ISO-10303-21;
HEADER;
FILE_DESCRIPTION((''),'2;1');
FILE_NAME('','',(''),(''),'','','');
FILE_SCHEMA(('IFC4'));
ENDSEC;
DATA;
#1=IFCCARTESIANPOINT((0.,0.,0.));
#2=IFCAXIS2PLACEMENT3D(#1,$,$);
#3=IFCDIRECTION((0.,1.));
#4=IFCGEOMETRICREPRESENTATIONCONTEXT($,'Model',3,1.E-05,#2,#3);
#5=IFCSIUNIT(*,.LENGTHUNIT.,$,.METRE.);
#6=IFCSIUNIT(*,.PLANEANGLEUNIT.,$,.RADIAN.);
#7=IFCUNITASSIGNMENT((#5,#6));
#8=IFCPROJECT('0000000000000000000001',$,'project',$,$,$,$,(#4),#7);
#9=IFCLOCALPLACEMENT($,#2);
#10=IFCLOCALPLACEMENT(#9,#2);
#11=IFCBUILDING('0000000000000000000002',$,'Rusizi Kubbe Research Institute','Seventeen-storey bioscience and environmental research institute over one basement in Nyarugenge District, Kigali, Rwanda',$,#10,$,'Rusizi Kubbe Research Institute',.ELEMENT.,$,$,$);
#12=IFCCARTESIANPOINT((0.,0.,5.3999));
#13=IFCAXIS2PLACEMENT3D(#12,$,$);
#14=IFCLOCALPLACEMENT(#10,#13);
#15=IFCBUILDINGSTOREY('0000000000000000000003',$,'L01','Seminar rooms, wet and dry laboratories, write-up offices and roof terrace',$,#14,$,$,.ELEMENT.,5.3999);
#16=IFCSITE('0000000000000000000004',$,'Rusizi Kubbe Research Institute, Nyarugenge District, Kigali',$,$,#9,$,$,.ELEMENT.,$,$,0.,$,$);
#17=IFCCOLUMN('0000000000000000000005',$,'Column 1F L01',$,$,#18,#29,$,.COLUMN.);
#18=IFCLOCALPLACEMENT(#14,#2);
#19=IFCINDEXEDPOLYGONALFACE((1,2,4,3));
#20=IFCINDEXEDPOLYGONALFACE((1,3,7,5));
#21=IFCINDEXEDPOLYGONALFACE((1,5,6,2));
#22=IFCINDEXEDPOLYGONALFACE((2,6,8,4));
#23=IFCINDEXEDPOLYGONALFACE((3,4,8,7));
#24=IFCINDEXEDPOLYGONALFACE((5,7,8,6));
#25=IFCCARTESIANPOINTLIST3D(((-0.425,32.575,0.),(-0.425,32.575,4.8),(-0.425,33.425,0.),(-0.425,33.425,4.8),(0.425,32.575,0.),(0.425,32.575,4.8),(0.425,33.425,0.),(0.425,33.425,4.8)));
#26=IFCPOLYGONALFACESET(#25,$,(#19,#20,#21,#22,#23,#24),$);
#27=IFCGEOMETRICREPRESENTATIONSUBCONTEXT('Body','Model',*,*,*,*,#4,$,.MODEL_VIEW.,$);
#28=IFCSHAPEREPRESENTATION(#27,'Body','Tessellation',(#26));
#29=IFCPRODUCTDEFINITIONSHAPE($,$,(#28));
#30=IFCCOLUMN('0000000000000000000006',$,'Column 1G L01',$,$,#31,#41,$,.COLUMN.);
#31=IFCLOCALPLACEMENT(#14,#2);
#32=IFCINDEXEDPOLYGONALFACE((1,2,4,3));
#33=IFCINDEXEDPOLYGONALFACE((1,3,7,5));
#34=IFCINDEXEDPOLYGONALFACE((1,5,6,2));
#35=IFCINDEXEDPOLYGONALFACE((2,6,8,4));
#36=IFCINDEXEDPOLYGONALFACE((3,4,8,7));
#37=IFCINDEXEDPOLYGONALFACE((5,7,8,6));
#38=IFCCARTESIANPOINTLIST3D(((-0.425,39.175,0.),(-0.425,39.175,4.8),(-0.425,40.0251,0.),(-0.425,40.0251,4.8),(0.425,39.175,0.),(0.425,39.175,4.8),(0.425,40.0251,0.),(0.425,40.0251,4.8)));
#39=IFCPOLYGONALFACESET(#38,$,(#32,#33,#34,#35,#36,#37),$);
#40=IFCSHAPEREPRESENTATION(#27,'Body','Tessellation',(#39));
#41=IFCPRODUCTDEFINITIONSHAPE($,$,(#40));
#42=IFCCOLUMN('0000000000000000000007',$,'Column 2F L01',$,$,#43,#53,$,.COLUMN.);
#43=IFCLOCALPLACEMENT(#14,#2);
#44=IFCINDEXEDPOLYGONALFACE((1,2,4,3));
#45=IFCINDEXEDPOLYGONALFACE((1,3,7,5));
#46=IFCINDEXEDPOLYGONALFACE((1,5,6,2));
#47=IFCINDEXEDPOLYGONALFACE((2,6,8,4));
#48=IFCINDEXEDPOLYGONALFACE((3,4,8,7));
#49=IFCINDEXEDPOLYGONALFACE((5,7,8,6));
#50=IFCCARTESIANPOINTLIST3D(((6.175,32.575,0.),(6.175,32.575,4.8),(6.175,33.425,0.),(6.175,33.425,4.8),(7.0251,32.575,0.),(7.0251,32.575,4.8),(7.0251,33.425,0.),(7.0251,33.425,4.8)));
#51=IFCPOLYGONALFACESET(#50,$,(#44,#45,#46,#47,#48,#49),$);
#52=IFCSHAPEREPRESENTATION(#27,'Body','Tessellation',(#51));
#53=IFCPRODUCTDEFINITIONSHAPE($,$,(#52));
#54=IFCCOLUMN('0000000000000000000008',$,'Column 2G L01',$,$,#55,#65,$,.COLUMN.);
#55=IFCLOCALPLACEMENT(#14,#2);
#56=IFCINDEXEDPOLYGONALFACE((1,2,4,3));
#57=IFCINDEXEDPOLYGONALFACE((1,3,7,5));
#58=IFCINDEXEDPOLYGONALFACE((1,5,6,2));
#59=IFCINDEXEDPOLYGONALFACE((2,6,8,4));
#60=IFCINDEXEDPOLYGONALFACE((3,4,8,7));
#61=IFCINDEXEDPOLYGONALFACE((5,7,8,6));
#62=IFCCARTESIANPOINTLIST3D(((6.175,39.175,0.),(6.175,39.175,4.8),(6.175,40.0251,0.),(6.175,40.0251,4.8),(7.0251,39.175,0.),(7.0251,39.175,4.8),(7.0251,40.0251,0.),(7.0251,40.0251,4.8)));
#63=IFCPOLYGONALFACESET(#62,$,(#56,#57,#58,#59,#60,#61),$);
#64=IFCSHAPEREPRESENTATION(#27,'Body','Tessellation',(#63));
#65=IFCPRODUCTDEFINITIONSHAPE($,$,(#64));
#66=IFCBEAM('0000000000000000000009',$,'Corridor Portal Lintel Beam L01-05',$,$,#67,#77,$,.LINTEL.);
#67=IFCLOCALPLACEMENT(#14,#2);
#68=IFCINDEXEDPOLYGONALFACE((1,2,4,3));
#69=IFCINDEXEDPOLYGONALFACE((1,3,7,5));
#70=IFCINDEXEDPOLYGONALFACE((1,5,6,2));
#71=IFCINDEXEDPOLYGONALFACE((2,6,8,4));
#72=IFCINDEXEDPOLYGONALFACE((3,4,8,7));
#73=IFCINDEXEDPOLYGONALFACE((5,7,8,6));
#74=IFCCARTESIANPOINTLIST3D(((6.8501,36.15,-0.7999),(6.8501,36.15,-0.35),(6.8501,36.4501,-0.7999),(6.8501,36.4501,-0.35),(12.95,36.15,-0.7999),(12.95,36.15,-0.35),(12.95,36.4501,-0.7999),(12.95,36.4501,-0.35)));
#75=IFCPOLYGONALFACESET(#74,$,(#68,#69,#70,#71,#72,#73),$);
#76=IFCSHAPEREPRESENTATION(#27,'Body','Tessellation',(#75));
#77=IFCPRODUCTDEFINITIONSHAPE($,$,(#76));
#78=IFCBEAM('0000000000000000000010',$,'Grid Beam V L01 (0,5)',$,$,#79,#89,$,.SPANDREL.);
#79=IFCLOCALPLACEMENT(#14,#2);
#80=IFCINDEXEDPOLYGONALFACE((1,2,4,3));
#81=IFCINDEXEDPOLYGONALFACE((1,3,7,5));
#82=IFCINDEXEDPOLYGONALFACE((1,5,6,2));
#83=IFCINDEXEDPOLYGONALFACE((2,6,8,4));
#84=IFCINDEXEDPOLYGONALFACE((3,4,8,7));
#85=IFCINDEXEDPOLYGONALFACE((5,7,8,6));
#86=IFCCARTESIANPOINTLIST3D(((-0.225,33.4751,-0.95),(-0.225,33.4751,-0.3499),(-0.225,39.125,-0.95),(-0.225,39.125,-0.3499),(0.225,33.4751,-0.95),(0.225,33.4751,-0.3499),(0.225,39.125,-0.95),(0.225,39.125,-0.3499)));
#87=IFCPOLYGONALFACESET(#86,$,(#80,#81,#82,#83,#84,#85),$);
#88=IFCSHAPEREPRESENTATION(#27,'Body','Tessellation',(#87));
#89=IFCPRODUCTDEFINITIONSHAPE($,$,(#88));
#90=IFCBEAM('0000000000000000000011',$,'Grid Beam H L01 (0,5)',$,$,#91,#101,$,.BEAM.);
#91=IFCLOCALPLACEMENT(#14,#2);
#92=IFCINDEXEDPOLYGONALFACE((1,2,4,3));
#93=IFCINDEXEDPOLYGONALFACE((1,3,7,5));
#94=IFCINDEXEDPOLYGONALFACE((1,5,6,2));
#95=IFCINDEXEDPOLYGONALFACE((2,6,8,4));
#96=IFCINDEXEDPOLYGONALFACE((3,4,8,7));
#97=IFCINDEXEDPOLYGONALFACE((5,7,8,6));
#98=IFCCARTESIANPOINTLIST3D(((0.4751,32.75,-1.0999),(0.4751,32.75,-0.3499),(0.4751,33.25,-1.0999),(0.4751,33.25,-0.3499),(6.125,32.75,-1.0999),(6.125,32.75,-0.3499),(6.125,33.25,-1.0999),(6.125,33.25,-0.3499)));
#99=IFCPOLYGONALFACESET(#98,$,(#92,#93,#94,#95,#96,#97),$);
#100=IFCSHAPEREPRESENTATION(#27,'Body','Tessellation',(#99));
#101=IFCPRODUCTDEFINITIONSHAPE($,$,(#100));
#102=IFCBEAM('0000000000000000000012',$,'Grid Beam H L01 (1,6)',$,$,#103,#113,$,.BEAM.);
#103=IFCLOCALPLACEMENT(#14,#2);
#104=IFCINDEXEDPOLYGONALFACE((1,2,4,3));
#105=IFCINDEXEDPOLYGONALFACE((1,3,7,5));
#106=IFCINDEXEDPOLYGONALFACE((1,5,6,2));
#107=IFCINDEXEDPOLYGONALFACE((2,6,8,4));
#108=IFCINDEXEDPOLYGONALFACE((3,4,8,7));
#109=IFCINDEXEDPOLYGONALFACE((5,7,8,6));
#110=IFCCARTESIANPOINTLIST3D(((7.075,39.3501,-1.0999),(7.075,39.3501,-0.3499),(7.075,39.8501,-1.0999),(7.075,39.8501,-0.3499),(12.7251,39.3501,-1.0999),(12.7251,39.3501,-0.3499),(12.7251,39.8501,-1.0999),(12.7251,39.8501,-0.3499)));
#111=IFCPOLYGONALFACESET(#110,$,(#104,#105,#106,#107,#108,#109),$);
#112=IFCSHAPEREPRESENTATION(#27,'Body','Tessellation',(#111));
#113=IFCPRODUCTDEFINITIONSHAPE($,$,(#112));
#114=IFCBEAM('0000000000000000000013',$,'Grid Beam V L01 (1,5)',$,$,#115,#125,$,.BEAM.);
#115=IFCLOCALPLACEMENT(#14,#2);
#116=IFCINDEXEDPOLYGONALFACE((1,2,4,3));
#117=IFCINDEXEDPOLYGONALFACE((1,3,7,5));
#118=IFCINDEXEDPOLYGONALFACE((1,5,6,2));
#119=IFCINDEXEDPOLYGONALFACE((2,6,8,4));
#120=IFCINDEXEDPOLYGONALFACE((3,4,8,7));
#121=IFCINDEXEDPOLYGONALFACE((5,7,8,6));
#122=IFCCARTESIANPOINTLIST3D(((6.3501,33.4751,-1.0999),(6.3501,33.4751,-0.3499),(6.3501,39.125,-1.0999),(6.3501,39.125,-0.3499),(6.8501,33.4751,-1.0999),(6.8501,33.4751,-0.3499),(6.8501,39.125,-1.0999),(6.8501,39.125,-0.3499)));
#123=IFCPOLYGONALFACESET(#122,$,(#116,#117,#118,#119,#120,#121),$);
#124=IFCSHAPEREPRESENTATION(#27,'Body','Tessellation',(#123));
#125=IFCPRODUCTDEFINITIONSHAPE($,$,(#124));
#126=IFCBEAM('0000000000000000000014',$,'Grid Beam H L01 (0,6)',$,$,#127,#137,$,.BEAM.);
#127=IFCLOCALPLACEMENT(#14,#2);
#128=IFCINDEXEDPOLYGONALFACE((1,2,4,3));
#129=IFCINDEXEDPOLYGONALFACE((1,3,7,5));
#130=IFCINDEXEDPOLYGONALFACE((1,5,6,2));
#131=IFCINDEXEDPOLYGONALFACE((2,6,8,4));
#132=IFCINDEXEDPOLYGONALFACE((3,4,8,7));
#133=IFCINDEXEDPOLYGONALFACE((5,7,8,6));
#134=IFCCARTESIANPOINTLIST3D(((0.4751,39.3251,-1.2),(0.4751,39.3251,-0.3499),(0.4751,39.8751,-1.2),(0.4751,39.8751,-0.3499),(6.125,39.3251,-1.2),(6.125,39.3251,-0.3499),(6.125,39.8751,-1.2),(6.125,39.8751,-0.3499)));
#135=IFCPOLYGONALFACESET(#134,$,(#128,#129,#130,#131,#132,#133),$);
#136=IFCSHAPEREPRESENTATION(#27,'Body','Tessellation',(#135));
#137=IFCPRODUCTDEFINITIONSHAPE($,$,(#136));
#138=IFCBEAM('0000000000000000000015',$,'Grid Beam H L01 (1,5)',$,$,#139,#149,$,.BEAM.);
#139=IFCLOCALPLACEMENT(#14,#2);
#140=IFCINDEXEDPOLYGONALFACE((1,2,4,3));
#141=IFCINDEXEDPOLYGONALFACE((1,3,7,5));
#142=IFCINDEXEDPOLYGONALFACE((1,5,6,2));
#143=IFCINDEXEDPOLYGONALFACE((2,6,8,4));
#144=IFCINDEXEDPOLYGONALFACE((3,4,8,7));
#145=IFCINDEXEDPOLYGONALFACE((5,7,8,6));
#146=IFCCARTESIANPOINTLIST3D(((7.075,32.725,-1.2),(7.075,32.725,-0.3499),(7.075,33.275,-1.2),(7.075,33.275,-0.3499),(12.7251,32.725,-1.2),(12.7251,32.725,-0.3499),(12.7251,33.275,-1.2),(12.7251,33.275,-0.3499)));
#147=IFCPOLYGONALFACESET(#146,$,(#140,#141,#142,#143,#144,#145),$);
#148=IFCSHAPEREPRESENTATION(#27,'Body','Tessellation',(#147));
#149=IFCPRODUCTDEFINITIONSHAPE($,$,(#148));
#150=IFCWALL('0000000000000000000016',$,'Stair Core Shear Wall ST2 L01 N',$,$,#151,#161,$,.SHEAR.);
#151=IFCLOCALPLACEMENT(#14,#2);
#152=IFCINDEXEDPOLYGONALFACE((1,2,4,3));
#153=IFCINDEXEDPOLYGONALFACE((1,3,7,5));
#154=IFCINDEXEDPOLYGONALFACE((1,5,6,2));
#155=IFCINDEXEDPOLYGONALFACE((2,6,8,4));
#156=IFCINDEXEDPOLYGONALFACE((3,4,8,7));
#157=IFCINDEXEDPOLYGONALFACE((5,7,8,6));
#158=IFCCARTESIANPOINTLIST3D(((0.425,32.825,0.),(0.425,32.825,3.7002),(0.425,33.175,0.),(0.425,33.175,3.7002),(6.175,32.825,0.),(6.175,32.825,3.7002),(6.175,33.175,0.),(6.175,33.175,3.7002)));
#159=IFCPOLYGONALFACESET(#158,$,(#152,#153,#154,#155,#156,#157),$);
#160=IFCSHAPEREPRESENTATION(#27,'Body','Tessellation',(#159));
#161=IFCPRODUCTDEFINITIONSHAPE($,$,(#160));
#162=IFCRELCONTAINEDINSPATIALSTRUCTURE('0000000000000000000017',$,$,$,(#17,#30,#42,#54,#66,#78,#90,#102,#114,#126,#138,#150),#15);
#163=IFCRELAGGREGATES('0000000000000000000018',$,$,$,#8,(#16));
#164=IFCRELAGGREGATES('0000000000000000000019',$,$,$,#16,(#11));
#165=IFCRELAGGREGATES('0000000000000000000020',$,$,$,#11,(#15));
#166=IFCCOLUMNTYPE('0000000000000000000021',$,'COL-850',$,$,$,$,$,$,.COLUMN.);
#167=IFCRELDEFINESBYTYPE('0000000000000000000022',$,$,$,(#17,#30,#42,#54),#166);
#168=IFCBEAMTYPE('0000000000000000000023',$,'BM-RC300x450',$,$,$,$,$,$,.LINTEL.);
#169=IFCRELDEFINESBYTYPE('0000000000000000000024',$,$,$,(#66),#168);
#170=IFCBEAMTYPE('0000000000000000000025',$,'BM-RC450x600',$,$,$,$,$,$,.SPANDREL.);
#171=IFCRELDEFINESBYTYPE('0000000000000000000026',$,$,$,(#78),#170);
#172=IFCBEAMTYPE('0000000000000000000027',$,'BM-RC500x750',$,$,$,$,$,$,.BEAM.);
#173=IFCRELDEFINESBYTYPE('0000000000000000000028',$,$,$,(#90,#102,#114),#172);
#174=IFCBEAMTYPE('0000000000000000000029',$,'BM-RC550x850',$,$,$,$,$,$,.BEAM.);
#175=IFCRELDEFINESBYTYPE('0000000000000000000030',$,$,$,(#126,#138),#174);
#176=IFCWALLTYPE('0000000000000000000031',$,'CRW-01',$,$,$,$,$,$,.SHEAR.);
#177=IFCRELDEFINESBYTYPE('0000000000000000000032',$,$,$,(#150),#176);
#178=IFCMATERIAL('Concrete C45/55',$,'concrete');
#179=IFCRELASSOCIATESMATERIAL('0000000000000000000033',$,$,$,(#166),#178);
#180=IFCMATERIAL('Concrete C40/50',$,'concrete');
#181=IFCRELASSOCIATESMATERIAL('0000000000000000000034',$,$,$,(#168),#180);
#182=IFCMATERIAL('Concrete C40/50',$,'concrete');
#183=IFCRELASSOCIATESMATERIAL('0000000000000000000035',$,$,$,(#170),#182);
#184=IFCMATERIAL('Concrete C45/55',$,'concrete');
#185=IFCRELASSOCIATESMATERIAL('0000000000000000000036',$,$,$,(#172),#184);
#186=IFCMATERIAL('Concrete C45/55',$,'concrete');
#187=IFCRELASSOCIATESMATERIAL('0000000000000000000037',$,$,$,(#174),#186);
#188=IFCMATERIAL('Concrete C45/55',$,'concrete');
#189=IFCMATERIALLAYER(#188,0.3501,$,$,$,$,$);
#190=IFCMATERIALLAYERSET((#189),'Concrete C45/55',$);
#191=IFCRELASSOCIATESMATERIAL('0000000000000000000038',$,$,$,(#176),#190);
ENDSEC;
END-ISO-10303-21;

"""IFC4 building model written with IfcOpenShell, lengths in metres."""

from ifc_helpers import new_model, si_unit, direction, frame, frame_2d, origin, origin_2d, place, context, subcontext, project, spatial, rectangle, extrude, material, layer, layer_set, material_profile, profile_set, type_object, element, save


model = new_model("IFC4")

# Units and contexts
model_context = context("Model", 3, precision=1e-05, world=origin(), true_north=direction((0.0, 1.0)))
body_context = subcontext(model_context, "Body", "Model", "MODEL_VIEW")
ifc_project = project(units=[si_unit("LENGTHUNIT", "METRE"), si_unit("PLANEANGLEUNIT", "RADIAN")], contexts=[model_context])

# Site, building, storey
site_placement = place(None, origin())
site = spatial("IfcSite", under=ifc_project, at=site_placement, Name="Rusizi Kubbe Research Institute, Nyarugenge District, Kigali", CompositionType="ELEMENT", RefElevation=0.0)
building_placement = place(site_placement, origin())
building = spatial("IfcBuilding", under=site, at=building_placement, Name="Rusizi Kubbe Research Institute", Description="Seventeen-storey bioscience and environmental research institute over one basement in Nyarugenge District, Kigali, Rwanda", LongName="Rusizi Kubbe Research Institute", CompositionType="ELEMENT")
storey_placement = place(building_placement, frame((0.0, 0.0, 5.3999)))
storey = spatial("IfcBuildingStorey", under=building, at=storey_placement, Name="L01", Description="Seminar rooms, wet and dry laboratories, write-up offices and roof terrace", CompositionType="ELEMENT", Elevation=5.3999)

# Columns
ifc_material_1 = material(Name="Concrete C45/55", Category="concrete")
ifc_material_profile_1 = material_profile(ifc_material_1, rectangle(XDim=0.8501, YDim=0.8501, at=origin_2d()), Name="RC850x850")
ifc_profile_set_1 = profile_set([ifc_material_profile_1], Name="Concrete C45/55")
column_type = type_object("IfcColumnType", Name="COL-850", PredefinedType="COLUMN", material=ifc_profile_set_1)
for number, where, z_axis, x_axis, name in (
    (1, (0.0, 33.0, 0.0), (0.0, 0.0, 1.0), (1.0, 0.0, 0.0), "Column 1F L01"),
    (2, (0.0, 39.6001, 0.0), (0.0, 0.0, 1.0), (1.0, 0.0, 0.0), "Column 1G L01"),
    (3, (6.6001, 33.0, 0.0), (0.0, 0.0, 1.0), (1.0, 0.0, 0.0), "Column 2F L01"),
    (4, (6.6001, 39.6001, 0.0), (0.0, 0.0, 1.0), (1.0, 0.0, 0.0), "Column 2G L01"),
):
    element("IfcColumn", number, at=place(storey_placement, frame(where, z_axis=z_axis, x_axis=x_axis)), inside=storey, type_object=column_type, Name=name, PredefinedType="COLUMN", context=body_context, shape_type="SweptSolid", body=[
        extrude(rectangle(XDim=0.8501, YDim=0.8501, at=origin_2d()), origin(), (0.0, 0.0, 1.0), 4.8),
    ])

# Beams
ifc_material_2 = material(Name="Concrete C40/50", Category="concrete")
ifc_material_profile_2 = material_profile(ifc_material_2, rectangle(XDim=0.3, YDim=0.45, at=origin_2d()), Name="RC300x450")
ifc_profile_set_2 = profile_set([ifc_material_profile_2], Name="Concrete C40/50")
beam_type_1 = type_object("IfcBeamType", Name="BM-RC300x450", PredefinedType="LINTEL", material=ifc_profile_set_2)
beam_1_placement = place(storey_placement, frame((6.8501, 36.3, -0.575), z_axis=(1.0, 0.0, 0.0), x_axis=(0.0, 1.0, 0.0)))
element("IfcBeam", 5, at=beam_1_placement, inside=storey, type_object=beam_type_1, Name="Corridor Portal Lintel Beam L01-05", PredefinedType="LINTEL", context=body_context, shape_type="SweptSolid", body=[
    extrude(rectangle(XDim=0.3, YDim=0.45, at=origin_2d()), origin(), (0.0, 0.0, 1.0), 6.0999),
])
ifc_material_3 = material(Name="Concrete C40/50", Category="concrete")
ifc_material_profile_3 = material_profile(ifc_material_3, rectangle(XDim=0.45, YDim=0.6001, at=origin_2d()), Name="RC450x600")
ifc_profile_set_3 = profile_set([ifc_material_profile_3], Name="Concrete C40/50")
beam_type_2 = type_object("IfcBeamType", Name="BM-RC450x600", PredefinedType="SPANDREL", material=ifc_profile_set_3)
beam_2_placement = place(storey_placement, frame((0.0, 33.4751, -0.6499), z_axis=(0.0, 1.0, 0.0), x_axis=(-1.0, 0.0, 0.0)))
element("IfcBeam", 6, at=beam_2_placement, inside=storey, type_object=beam_type_2, Name="Grid Beam V L01 (0,5)", PredefinedType="SPANDREL", context=body_context, shape_type="SweptSolid", body=[
    extrude(rectangle(XDim=0.45, YDim=0.6001, at=origin_2d()), origin(), (0.0, 0.0, 1.0), 5.6499),
])
ifc_material_4 = material(Name="Concrete C45/55", Category="concrete")
ifc_material_profile_4 = material_profile(ifc_material_4, rectangle(XDim=0.5, YDim=0.75, at=origin_2d()), Name="RC500x750B")
ifc_profile_set_4 = profile_set([ifc_material_profile_4], Name="Concrete C45/55")
beam_type_3 = type_object("IfcBeamType", Name="BM-RC500x750", PredefinedType="BEAM", material=ifc_profile_set_4)
beam_3_placement = place(storey_placement, frame((0.4751, 33.0, -0.7249), z_axis=(1.0, 0.0, 0.0), x_axis=(0.0, 1.0, 0.0)))
element("IfcBeam", 7, at=beam_3_placement, inside=storey, type_object=beam_type_3, Name="Grid Beam H L01 (0,5)", PredefinedType="BEAM", context=body_context, shape_type="SweptSolid", body=[
    extrude(rectangle(XDim=0.5, YDim=0.75, at=origin_2d()), origin(), (0.0, 0.0, 1.0), 5.6499),
])
beam_4_placement = place(storey_placement, frame((7.075, 39.6001, -0.7249), z_axis=(1.0, 0.0, 0.0), x_axis=(0.0, 1.0, 0.0)))
element("IfcBeam", 8, at=beam_4_placement, inside=storey, type_object=beam_type_3, Name="Grid Beam H L01 (1,6)", PredefinedType="BEAM", context=body_context, shape_type="SweptSolid", body=[
    extrude(rectangle(XDim=0.5, YDim=0.75, at=origin_2d()), origin(), (0.0, 0.0, 1.0), 5.6501),
])
beam_5_placement = place(storey_placement, frame((6.6001, 33.4751, -0.7249), z_axis=(0.0, 1.0, 0.0), x_axis=(-1.0, 0.0, 0.0)))
element("IfcBeam", 9, at=beam_5_placement, inside=storey, type_object=beam_type_3, Name="Grid Beam V L01 (1,5)", PredefinedType="BEAM", context=body_context, shape_type="SweptSolid", body=[
    extrude(rectangle(XDim=0.5, YDim=0.75, at=origin_2d()), origin(), (0.0, 0.0, 1.0), 5.6499),
])
ifc_material_5 = material(Name="Concrete C45/55", Category="concrete")
ifc_material_profile_5 = material_profile(ifc_material_5, rectangle(XDim=0.55, YDim=0.8501, at=origin_2d()), Name="RC550x850")
ifc_profile_set_5 = profile_set([ifc_material_profile_5], Name="Concrete C45/55")
beam_type_4 = type_object("IfcBeamType", Name="BM-RC550x850", PredefinedType="BEAM", material=ifc_profile_set_5)
beam_6_placement = place(storey_placement, frame((0.4751, 39.6001, -0.7749), z_axis=(1.0, 0.0, 0.0), x_axis=(0.0, 1.0, 0.0)))
element("IfcBeam", 10, at=beam_6_placement, inside=storey, type_object=beam_type_4, Name="Grid Beam H L01 (0,6)", PredefinedType="BEAM", context=body_context, shape_type="SweptSolid", body=[
    extrude(rectangle(XDim=0.55, YDim=0.8501, at=origin_2d()), origin(), (0.0, 0.0, 1.0), 5.6499),
])
beam_7_placement = place(storey_placement, frame((7.075, 33.0, -0.7749), z_axis=(1.0, 0.0, 0.0), x_axis=(0.0, 1.0, 0.0)))
element("IfcBeam", 11, at=beam_7_placement, inside=storey, type_object=beam_type_4, Name="Grid Beam H L01 (1,5)", PredefinedType="BEAM", context=body_context, shape_type="SweptSolid", body=[
    extrude(rectangle(XDim=0.55, YDim=0.8501, at=origin_2d()), origin(), (0.0, 0.0, 1.0), 5.6501),
])

# Wall
ifc_material_6 = material(Name="Concrete C45/55", Category="concrete")
ifc_layer_1 = layer(ifc_material_6, 0.3501)
ifc_layer_set_1 = layer_set([ifc_layer_1], Name="Concrete C45/55")
wall_type_1 = type_object("IfcWallType", Name="CRW-01", PredefinedType="SHEAR", material=ifc_layer_set_1)
wall_1_placement = place(storey_placement, frame((0.425, 33.0, 0.0), z_axis=(0.0, 0.0, 1.0), x_axis=(1.0, 0.0, 0.0)))
element("IfcWall", 12, at=wall_1_placement, inside=storey, type_object=wall_type_1, Name="Stair Core Shear Wall ST2 L01 N", PredefinedType="SHEAR", context=body_context, shape_type="SweptSolid", body=[
    extrude(rectangle(XDim=5.75, YDim=0.3501, at=frame_2d((2.875, 0.0))), origin(), (0.0, 0.0, 1.0), 3.7002),
])

save(model, "model.ifc")
